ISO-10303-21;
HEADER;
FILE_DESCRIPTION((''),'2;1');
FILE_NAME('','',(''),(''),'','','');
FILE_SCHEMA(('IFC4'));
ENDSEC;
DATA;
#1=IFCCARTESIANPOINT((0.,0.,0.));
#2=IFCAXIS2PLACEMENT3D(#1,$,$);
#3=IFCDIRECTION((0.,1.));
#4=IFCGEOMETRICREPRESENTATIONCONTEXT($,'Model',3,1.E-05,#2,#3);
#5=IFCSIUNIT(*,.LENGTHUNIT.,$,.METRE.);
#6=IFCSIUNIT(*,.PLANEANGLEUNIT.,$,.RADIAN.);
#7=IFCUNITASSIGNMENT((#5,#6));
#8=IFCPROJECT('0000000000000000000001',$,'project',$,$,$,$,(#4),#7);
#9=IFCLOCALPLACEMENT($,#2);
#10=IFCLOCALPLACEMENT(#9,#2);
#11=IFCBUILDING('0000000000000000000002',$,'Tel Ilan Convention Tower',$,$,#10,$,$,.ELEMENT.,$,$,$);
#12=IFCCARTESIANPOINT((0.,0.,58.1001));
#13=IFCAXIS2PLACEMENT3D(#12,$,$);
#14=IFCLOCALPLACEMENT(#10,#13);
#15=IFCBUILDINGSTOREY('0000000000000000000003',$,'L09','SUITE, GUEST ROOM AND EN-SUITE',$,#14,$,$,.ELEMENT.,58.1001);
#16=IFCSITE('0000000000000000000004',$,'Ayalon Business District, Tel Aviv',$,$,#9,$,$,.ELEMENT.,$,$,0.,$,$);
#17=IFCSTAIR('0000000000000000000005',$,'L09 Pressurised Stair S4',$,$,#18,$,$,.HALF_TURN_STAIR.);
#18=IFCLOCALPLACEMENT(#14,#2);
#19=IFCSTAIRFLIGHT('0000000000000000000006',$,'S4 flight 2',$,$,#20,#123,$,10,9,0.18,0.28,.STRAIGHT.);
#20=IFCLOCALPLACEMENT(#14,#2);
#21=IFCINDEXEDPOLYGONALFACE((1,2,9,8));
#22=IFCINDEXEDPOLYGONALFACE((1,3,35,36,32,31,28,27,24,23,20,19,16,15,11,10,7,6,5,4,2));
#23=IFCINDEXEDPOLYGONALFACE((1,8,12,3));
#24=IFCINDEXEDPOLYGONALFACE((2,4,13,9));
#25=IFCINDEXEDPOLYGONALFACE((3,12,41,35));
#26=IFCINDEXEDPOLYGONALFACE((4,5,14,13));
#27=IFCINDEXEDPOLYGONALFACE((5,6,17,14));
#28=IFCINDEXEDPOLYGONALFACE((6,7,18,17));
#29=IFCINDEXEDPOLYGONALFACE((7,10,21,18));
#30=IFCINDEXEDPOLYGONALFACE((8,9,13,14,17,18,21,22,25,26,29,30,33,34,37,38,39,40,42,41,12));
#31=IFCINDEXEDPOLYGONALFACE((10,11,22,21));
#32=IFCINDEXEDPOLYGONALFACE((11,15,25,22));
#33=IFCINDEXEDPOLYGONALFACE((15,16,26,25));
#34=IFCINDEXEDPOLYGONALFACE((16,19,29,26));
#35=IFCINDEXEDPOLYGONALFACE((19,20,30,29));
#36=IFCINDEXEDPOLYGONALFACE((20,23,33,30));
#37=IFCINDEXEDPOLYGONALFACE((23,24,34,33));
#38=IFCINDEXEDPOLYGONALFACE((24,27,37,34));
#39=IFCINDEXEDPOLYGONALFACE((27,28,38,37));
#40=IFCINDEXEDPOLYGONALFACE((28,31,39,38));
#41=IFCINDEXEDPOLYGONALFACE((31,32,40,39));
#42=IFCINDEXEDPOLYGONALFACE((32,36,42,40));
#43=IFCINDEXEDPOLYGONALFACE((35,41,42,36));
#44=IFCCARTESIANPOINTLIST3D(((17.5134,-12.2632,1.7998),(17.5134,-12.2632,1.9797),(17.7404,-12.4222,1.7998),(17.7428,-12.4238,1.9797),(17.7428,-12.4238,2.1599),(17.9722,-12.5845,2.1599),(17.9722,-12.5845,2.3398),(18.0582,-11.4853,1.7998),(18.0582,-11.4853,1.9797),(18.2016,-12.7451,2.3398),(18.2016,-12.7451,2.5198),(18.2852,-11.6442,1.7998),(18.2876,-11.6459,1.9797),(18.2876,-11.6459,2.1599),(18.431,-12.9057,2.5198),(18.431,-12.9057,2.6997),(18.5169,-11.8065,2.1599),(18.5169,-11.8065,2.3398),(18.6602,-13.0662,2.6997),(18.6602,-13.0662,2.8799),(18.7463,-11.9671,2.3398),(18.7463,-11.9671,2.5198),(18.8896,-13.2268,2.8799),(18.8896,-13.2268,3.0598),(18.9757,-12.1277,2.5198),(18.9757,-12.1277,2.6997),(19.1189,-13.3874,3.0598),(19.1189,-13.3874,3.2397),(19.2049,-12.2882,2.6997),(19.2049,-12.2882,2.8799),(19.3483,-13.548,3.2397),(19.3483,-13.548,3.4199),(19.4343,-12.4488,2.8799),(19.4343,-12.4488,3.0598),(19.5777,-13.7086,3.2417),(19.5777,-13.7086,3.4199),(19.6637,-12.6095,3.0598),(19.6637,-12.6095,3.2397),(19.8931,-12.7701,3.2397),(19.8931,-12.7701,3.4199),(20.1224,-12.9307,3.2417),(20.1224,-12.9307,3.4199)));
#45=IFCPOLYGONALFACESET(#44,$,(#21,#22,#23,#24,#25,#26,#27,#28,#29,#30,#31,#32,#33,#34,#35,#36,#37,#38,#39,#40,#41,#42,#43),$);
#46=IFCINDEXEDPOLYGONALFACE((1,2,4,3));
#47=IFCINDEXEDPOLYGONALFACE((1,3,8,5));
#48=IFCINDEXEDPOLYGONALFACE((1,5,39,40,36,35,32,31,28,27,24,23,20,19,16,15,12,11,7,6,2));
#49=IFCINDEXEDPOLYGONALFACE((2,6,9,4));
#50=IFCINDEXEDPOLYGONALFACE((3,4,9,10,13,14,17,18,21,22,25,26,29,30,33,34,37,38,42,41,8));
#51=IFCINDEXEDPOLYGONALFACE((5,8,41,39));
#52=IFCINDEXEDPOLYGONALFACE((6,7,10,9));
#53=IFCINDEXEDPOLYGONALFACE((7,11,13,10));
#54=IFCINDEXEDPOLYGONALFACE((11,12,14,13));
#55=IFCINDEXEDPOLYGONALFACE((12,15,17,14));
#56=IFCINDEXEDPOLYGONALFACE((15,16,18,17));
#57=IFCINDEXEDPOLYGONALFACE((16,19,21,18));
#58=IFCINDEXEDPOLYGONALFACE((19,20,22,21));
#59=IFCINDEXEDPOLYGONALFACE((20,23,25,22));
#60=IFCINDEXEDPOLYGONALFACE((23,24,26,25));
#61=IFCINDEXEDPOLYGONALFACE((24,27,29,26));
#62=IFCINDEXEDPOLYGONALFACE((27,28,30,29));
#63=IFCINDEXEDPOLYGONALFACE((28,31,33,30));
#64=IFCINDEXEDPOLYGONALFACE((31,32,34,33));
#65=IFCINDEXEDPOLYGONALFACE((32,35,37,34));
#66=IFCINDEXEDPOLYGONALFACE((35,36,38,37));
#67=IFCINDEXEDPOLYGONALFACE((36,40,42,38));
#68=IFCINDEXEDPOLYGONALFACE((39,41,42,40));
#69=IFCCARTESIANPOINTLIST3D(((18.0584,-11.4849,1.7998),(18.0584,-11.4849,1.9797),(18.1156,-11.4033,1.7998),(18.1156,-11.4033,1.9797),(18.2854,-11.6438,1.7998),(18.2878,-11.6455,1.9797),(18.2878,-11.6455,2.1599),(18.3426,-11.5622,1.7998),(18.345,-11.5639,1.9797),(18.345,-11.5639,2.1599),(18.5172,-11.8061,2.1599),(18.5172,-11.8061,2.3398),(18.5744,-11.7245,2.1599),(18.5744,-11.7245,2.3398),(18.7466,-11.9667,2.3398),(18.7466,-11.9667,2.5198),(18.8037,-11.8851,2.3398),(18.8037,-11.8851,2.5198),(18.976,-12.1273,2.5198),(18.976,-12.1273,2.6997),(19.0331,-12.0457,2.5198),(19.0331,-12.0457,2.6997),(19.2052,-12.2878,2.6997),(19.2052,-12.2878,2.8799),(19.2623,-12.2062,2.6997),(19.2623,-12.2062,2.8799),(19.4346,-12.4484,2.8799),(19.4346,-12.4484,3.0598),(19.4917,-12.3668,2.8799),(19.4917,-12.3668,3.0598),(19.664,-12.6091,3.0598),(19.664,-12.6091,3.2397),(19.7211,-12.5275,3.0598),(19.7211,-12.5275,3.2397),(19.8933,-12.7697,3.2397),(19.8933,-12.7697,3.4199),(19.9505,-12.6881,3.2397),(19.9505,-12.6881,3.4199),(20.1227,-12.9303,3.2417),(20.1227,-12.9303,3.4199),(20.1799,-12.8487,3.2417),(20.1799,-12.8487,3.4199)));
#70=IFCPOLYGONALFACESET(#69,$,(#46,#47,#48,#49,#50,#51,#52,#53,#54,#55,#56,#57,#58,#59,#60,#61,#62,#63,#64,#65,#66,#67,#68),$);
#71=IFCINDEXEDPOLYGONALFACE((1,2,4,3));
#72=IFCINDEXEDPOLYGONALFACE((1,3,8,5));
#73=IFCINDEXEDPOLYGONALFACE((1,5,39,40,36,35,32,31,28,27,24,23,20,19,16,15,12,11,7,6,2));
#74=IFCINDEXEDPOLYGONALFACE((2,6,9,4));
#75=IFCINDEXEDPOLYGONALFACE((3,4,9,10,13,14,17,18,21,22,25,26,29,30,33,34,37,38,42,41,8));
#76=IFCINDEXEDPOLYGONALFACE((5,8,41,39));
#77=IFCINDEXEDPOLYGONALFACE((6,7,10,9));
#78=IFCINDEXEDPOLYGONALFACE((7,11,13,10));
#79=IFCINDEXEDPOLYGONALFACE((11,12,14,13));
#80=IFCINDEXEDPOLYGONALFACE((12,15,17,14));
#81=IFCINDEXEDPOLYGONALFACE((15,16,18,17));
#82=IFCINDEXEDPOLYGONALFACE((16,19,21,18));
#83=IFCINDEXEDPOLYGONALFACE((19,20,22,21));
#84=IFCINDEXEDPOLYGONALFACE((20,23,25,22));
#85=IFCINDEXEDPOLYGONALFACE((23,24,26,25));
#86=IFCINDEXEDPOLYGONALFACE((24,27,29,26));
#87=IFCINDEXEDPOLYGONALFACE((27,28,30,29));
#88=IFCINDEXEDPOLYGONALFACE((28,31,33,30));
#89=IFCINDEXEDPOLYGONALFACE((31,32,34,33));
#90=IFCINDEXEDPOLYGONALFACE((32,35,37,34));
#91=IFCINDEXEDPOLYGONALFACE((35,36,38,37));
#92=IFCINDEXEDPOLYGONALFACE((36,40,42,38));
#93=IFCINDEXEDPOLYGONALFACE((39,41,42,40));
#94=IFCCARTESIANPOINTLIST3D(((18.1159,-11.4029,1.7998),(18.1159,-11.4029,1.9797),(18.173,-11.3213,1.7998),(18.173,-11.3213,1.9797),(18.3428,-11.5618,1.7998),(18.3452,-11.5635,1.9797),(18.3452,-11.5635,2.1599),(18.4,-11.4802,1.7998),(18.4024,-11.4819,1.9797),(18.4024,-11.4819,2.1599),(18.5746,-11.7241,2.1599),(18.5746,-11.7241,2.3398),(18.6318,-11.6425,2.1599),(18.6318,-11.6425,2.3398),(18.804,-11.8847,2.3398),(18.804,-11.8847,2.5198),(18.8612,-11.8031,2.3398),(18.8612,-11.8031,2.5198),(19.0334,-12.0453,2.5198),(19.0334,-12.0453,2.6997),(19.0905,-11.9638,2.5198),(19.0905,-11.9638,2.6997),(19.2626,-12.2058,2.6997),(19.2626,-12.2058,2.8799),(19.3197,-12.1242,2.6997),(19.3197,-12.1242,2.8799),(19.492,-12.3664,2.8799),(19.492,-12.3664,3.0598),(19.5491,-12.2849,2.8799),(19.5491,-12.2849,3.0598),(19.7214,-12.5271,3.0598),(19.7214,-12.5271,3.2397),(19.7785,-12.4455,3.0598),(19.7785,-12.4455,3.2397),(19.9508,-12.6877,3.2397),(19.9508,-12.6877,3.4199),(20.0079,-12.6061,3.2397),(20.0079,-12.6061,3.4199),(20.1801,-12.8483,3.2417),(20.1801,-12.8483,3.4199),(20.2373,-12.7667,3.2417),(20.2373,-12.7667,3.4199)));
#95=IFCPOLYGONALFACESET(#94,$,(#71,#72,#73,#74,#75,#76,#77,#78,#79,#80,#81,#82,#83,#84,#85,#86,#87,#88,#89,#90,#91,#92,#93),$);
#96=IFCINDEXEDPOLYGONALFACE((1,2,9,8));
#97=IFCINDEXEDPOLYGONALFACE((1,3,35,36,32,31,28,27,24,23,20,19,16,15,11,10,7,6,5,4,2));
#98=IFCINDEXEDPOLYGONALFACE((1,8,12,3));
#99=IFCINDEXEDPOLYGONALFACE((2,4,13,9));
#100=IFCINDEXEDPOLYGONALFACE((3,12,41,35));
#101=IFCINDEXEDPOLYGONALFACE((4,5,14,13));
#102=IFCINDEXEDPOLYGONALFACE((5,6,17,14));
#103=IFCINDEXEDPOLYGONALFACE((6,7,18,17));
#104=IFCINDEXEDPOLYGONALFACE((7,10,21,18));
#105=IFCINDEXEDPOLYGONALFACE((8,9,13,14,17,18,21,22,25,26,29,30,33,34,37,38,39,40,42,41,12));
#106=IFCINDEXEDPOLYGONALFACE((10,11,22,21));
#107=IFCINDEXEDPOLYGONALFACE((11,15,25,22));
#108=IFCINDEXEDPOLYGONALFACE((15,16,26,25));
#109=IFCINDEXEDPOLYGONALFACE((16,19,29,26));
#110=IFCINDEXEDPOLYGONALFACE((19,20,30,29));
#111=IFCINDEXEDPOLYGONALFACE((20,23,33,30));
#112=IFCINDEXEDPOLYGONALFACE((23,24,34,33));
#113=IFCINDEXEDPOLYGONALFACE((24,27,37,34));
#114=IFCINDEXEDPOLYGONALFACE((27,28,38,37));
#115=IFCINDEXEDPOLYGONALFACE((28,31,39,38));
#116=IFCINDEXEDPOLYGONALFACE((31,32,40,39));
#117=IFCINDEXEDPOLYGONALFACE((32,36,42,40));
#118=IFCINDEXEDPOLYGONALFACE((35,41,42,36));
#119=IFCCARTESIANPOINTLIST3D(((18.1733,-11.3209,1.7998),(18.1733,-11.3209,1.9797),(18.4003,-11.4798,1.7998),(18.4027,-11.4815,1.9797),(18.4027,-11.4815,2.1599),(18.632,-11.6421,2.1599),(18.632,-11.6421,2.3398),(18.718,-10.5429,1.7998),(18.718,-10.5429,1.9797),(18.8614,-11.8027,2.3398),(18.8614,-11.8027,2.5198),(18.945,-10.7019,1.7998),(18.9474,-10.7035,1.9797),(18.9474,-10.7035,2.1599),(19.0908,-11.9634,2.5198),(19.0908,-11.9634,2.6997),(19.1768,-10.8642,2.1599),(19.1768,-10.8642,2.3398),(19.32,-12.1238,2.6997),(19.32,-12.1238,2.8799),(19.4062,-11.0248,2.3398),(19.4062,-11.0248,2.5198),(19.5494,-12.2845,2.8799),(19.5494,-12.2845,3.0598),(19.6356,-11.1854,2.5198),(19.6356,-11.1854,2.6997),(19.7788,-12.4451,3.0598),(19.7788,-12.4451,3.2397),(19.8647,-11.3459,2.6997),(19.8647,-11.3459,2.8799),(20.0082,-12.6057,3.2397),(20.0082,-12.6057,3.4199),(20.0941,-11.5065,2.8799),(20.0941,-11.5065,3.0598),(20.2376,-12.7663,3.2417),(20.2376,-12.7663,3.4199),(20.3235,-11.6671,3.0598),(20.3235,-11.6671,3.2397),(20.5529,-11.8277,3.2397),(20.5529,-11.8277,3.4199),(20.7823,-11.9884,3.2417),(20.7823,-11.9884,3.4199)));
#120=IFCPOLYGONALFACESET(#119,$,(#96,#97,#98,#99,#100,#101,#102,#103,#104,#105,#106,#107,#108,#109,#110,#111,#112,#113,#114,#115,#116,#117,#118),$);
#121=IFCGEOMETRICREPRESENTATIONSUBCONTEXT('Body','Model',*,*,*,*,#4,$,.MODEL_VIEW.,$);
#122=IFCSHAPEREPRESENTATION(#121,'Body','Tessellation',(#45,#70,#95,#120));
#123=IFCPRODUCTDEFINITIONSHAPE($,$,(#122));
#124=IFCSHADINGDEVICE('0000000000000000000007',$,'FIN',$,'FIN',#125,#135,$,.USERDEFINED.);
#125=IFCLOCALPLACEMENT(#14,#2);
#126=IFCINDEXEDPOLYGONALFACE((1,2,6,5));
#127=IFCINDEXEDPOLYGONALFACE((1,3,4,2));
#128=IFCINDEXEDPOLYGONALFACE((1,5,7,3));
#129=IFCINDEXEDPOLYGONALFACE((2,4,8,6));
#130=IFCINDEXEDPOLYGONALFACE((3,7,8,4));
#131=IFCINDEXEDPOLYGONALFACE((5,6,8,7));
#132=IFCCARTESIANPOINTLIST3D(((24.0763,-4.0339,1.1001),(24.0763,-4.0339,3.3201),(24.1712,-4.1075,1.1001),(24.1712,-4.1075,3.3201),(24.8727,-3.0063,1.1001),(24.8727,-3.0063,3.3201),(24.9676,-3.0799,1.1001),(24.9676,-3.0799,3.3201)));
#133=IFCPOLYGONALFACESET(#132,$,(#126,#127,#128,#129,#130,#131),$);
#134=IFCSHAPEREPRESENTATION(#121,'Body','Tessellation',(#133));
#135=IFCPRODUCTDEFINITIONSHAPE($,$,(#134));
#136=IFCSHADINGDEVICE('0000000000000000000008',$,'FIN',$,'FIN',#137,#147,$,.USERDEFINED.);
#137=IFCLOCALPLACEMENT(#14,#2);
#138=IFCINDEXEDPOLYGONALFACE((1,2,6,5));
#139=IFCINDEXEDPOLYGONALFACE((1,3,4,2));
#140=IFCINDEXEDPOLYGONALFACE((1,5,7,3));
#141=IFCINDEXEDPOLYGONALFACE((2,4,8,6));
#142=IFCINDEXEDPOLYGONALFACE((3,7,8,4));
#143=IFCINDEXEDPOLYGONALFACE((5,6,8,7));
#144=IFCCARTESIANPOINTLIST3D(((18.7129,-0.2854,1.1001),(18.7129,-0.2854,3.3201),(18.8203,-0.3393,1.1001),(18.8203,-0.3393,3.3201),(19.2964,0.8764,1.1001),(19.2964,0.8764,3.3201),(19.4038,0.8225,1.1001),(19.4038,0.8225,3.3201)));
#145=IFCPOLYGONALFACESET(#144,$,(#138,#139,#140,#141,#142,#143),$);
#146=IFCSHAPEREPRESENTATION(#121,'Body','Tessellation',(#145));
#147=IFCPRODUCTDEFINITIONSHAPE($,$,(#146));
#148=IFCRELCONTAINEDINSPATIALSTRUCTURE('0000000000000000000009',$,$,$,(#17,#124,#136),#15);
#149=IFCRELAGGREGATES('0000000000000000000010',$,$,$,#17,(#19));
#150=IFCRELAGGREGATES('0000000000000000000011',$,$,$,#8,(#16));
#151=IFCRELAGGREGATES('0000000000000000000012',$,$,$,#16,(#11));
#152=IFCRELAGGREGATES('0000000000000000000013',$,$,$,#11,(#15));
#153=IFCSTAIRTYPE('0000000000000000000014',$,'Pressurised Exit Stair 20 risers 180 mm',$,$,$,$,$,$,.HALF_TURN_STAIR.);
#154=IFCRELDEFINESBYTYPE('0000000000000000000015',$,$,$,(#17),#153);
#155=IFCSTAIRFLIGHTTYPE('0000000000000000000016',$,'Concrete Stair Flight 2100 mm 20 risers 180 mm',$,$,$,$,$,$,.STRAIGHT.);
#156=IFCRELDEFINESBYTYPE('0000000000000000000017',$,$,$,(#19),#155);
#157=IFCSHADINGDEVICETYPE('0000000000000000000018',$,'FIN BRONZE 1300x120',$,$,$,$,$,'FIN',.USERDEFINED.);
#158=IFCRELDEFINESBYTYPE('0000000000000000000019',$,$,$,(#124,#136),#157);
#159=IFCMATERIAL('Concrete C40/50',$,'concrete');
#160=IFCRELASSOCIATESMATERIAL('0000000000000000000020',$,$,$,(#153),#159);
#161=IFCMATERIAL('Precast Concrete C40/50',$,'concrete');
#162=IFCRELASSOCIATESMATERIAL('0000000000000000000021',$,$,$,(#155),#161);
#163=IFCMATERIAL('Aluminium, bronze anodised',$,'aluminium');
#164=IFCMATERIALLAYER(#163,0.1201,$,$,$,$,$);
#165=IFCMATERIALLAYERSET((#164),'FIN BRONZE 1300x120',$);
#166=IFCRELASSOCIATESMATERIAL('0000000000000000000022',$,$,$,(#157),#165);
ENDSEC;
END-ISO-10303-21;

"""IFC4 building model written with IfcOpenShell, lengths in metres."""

from ifc_helpers import new_model, si_unit, direction, frame, origin, origin_2d, place, context, subcontext, project, spatial, polyline, rectangle, outline, extrude, material, layer, layer_set, type_object, element, aggregate, save


model = new_model("IFC4")

# Units and contexts
model_context = context("Model", 3, precision=1e-05, world=origin(), true_north=direction((0.0, 1.0)))
body_context = subcontext(model_context, "Body", "Model", "MODEL_VIEW")
ifc_project = project(units=[si_unit("LENGTHUNIT", "METRE"), si_unit("PLANEANGLEUNIT", "RADIAN")], contexts=[model_context])

# Site, building, storey
site_placement = place(None, origin())
site = spatial("IfcSite", under=ifc_project, at=site_placement, Name="Ayalon Business District, Tel Aviv", CompositionType="ELEMENT", RefElevation=0.0)
building_placement = place(site_placement, origin())
building = spatial("IfcBuilding", under=site, at=building_placement, Name="Tel Ilan Convention Tower", CompositionType="ELEMENT")
storey_placement = place(building_placement, frame((0.0, 0.0, 58.1001)))
storey = spatial("IfcBuildingStorey", under=building, at=storey_placement, Name="L09", Description="SUITE, GUEST ROOM AND EN-SUITE", CompositionType="ELEMENT", Elevation=58.1001)

# Stair, stair flight
ifc_material_1 = material(Name="Concrete C40/50", Category="concrete")
stair_type = type_object("IfcStairType", Name="Pressurised Exit Stair 20 risers 180 mm", PredefinedType="HALF_TURN_STAIR", material=ifc_material_1)
ifc_material_2 = material(Name="Precast Concrete C40/50", Category="concrete")
stair_flight_type = type_object("IfcStairFlightType", Name="Concrete Stair Flight 2100 mm 20 risers 180 mm", PredefinedType="STRAIGHT", material=ifc_material_2)
stair_1_placement = place(storey_placement, origin())
stair_1 = element("IfcStair", 1, at=stair_1_placement, inside=storey, type_object=stair_type, Name="L09 Pressurised Stair S4", PredefinedType="HALF_TURN_STAIR")
stair_flight_1_placement = place(storey_placement, frame((18.1157, -11.4031, 1.7998), z_axis=(0.0, 0.0, 1.0), x_axis=(0.819152, -0.573576, 0.0)))
stair_flight_1 = element("IfcStairFlight", 2, at=stair_flight_1_placement, type_object=stair_flight_type, Name="S4 flight 2", NumberOfRisers=10, NumberOfTreads=9, PredefinedType="STRAIGHT", RiserHeight=0.18, TreadLength=0.28, context=body_context, shape_type="SweptSolid", body=[
    extrude(outline(polyline([(0.0, 0.0), (0.0, 0.1799), (0.28, 0.1799), (0.28, 0.3601), (0.5601, 0.3601), (0.5601, 0.54), (0.8401, 0.54), (0.8401, 0.72), (1.1201, 0.72), (1.1201, 0.8999), (1.3999, 0.8999), (1.3999, 1.0801), (1.6799, 1.0801), (1.6799, 1.26), (1.96, 1.26), (1.96, 1.4399), (2.24, 1.4399), (2.24, 1.6201), (2.52, 1.6201), (2.52, 1.8), (2.52, 1.4419), (0.2771, 0.0), (0.0, 0.0)])), frame((0.0, -0.1003, 0.0), z_axis=(0.0, -1.0, 0.0), x_axis=(1.0, 0.0, 0.0)), (0.0, 0.0, 1.0), 0.9497),
    extrude(outline(polyline([(0.0, 0.0), (0.0, 0.1799), (0.28, 0.1799), (0.28, 0.3601), (0.5601, 0.3601), (0.5601, 0.54), (0.8401, 0.54), (0.8401, 0.72), (1.1201, 0.72), (1.1201, 0.8999), (1.3999, 0.8999), (1.3999, 1.0801), (1.6799, 1.0801), (1.6799, 1.26), (1.96, 1.26), (1.96, 1.4399), (2.24, 1.4399), (2.24, 1.6201), (2.52, 1.6201), (2.52, 1.8), (2.52, 1.4419), (0.2771, 0.0), (0.0, 0.0)])), frame((0.0, -0.0002, 0.0), z_axis=(0.0, -1.0, 0.0), x_axis=(1.0, 0.0, 0.0)), (0.0, 0.0, 1.0), 0.0996),
    extrude(outline(polyline([(0.0, 0.0), (0.0, 0.1799), (0.28, 0.1799), (0.28, 0.3601), (0.5601, 0.3601), (0.5601, 0.54), (0.8401, 0.54), (0.8401, 0.72), (1.1201, 0.72), (1.1201, 0.8999), (1.3999, 0.8999), (1.3999, 1.0801), (1.6799, 1.0801), (1.6799, 1.26), (1.96, 1.26), (1.96, 1.4399), (2.24, 1.4399), (2.24, 1.6201), (2.52, 1.6201), (2.52, 1.8), (2.52, 1.4419), (0.2771, 0.0), (0.0, 0.0)])), frame((0.0, 0.0999, 0.0), z_axis=(0.0, -1.0, 0.0), x_axis=(1.0, 0.0, 0.0)), (0.0, 0.0, 1.0), 0.0996),
    extrude(outline(polyline([(0.0, 0.0), (0.0, 0.1799), (0.28, 0.1799), (0.28, 0.3601), (0.5601, 0.3601), (0.5601, 0.54), (0.8401, 0.54), (0.8401, 0.72), (1.1201, 0.72), (1.1201, 0.8999), (1.3999, 0.8999), (1.3999, 1.0801), (1.6799, 1.0801), (1.6799, 1.26), (1.96, 1.26), (1.96, 1.4399), (2.24, 1.4399), (2.24, 1.6201), (2.52, 1.6201), (2.52, 1.8), (2.52, 1.4419), (0.2771, 0.0), (0.0, 0.0)])), frame((0.0, 1.05, 0.0), z_axis=(0.0, -1.0, 0.0), x_axis=(1.0, 0.0, 0.0)), (0.0, 0.0, 1.0), 0.9497),
])
aggregate(stair_1, [stair_flight_1])

# Shading devices
ifc_material_3 = material(Name="Aluminium, bronze anodised", Category="aluminium")
ifc_layer_1 = layer(ifc_material_3, 0.1201)
ifc_layer_set_1 = layer_set([ifc_layer_1], Name="FIN BRONZE 1300x120")
shading_device_type = type_object("IfcShadingDeviceType", Name="FIN BRONZE 1300x120", ElementType="FIN", PredefinedType="USERDEFINED", material=ifc_layer_set_1)
for number, where, z_axis, x_axis, name in (
    (3, (24.522, -3.5569, 1.1001), (0.0, 0.0, 1.0), (0.612601, 0.790393, 0.0), "FIN"),
    (4, (19.0583, 0.2686, 1.1001), (0.0, 0.0, 1.0), (0.448799, 0.893633, 0.0), "FIN"),
):
    element("IfcShadingDevice", number, at=place(storey_placement, frame(where, z_axis=z_axis, x_axis=x_axis)), inside=storey, type_object=shading_device_type, Name=name, ObjectType="FIN", PredefinedType="USERDEFINED", context=body_context, shape_type="SweptSolid", body=[
        extrude(rectangle(XDim=1.3, YDim=0.1201, at=origin_2d()), origin(), (0.0, 0.0, 1.0), 2.22),
    ])

save(model, "model.ifc")
